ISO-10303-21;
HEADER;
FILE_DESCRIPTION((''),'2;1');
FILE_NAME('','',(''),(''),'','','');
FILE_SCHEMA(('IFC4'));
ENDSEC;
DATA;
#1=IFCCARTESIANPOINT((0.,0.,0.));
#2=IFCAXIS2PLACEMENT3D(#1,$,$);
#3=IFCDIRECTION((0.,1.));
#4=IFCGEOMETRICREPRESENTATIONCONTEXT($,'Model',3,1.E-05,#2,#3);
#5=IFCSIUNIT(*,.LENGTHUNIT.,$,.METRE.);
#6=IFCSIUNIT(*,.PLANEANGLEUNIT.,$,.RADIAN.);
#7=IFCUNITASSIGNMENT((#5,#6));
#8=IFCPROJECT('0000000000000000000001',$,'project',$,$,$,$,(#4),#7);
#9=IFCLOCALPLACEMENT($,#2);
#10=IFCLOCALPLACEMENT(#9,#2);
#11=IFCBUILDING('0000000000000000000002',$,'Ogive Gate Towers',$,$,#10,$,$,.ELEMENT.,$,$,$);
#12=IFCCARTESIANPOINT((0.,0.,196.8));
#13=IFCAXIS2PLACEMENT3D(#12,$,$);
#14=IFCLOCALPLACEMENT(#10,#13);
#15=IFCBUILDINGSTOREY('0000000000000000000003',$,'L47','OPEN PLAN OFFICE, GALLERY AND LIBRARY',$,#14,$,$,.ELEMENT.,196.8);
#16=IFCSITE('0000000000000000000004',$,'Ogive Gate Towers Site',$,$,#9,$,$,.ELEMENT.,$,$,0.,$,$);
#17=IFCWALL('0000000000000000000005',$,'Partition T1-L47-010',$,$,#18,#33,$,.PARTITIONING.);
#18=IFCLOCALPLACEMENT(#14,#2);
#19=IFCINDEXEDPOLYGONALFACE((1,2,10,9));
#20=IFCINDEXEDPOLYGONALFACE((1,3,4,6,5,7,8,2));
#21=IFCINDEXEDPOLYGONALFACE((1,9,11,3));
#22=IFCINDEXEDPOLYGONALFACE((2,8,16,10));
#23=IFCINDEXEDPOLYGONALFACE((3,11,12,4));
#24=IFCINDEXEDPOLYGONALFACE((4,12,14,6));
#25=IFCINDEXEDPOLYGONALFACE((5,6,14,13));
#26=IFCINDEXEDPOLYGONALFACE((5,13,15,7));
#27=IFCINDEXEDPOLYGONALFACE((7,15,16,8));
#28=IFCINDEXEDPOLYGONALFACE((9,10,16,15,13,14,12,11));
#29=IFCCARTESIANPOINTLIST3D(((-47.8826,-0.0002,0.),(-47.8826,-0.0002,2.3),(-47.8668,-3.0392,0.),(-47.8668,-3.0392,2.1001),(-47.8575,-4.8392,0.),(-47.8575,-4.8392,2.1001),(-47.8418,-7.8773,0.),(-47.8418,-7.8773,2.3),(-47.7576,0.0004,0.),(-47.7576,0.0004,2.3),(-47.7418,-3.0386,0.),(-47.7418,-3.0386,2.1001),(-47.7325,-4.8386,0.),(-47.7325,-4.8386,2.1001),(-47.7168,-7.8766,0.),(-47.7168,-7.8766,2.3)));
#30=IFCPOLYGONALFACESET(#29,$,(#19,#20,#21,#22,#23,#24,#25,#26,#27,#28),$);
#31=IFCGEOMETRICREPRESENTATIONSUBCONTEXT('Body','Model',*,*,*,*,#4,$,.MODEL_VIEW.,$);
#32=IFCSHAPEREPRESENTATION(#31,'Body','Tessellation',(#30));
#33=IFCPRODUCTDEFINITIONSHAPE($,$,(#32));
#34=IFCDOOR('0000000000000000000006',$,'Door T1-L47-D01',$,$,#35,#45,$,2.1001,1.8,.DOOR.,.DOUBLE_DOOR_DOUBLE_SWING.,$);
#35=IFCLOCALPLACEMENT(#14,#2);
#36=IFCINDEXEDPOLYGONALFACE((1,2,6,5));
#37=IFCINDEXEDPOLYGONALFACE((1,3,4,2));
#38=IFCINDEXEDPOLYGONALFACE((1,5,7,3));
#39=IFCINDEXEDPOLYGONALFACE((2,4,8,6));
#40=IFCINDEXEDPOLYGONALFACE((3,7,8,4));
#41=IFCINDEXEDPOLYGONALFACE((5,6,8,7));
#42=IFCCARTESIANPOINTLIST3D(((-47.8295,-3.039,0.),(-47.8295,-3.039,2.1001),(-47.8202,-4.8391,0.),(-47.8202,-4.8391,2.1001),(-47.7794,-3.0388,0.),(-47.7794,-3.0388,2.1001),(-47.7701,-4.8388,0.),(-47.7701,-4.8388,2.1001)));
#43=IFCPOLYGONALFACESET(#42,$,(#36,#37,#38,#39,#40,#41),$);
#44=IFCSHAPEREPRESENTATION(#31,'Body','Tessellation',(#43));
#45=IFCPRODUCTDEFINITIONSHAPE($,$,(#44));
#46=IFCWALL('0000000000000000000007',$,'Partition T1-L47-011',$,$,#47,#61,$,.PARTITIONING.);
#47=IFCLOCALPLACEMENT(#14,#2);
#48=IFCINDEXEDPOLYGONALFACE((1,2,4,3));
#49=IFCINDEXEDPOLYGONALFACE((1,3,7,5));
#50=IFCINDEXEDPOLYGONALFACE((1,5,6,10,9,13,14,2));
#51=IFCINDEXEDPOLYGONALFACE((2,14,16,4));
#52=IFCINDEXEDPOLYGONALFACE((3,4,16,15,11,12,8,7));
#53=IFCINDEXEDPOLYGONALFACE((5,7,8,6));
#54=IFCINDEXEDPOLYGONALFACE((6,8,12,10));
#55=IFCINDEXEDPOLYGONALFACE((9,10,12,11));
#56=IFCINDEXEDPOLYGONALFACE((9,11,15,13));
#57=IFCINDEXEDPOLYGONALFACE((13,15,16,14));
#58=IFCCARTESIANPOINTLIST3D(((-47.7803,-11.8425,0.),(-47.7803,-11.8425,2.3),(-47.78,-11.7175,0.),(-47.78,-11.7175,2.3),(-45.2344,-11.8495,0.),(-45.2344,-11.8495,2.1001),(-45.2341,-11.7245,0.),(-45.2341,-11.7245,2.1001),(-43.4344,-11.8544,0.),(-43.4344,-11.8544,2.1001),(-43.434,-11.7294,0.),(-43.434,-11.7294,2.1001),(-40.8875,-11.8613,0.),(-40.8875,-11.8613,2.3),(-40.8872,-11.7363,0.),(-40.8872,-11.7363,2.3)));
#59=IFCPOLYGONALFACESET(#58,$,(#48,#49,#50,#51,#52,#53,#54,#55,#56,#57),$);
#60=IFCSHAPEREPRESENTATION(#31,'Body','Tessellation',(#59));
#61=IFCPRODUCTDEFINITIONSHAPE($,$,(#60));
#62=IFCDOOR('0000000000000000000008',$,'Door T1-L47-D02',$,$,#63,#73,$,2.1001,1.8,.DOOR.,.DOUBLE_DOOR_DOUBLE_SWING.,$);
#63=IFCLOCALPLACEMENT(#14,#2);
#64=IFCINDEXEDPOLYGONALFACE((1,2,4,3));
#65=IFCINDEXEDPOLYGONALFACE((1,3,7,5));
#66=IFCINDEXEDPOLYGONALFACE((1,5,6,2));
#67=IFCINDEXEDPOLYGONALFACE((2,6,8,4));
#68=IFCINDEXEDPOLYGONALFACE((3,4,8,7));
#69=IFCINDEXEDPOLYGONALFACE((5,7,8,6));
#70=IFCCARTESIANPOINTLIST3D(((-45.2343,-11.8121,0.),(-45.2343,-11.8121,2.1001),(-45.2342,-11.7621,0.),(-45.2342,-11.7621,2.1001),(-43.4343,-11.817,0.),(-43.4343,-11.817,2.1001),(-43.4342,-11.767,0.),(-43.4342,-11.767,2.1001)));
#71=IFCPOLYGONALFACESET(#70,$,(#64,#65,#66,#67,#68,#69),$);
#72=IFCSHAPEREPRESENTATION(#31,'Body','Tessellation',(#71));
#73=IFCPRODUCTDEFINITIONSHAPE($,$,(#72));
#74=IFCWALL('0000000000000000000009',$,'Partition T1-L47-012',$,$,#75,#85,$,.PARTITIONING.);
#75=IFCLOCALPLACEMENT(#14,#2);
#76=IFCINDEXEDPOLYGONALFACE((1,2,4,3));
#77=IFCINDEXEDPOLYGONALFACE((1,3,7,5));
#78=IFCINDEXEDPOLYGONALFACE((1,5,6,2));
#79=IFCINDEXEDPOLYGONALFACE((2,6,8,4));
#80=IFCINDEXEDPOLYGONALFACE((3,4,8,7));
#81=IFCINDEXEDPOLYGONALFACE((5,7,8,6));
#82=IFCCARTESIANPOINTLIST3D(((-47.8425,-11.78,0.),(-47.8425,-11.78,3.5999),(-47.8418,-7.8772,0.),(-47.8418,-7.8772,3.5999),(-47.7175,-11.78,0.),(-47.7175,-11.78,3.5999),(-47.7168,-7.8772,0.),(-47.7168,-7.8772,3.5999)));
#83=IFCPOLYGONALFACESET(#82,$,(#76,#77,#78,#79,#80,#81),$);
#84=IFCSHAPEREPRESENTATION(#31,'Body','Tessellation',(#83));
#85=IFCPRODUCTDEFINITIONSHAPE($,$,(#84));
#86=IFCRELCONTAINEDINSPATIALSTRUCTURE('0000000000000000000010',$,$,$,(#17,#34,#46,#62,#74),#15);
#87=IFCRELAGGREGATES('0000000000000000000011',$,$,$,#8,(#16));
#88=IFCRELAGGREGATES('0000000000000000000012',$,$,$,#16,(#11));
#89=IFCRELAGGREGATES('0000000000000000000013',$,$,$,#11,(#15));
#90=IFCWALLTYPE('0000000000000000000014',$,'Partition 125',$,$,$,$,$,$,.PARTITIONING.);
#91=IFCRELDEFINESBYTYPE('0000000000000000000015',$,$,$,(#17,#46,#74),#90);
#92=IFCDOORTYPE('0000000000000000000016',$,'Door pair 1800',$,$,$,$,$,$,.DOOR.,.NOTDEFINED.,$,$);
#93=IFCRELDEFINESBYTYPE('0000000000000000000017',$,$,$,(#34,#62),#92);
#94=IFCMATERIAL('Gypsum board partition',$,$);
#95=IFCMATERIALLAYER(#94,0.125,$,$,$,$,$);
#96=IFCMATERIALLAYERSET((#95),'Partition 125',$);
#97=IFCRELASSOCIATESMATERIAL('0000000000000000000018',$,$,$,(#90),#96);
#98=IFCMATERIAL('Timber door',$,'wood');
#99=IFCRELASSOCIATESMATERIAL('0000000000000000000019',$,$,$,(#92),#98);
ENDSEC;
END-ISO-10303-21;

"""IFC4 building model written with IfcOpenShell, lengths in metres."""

from ifc_helpers import new_model, si_unit, direction, frame, frame_2d, origin, place, context, subcontext, project, spatial, rectangle, extrude, material, layer, layer_set, type_object, element, fill, save


model = new_model("IFC4")

# Units and contexts
model_context = context("Model", 3, precision=1e-05, world=origin(), true_north=direction((0.0, 1.0)))
body_context = subcontext(model_context, "Body", "Model", "MODEL_VIEW")
ifc_project = project(units=[si_unit("LENGTHUNIT", "METRE"), si_unit("PLANEANGLEUNIT", "RADIAN")], contexts=[model_context])

# Site, building, storey
site_placement = place(None, origin())
site = spatial("IfcSite", under=ifc_project, at=site_placement, Name="Ogive Gate Towers Site", CompositionType="ELEMENT", RefElevation=0.0)
building_placement = place(site_placement, origin())
building = spatial("IfcBuilding", under=site, at=building_placement, Name="Ogive Gate Towers", CompositionType="ELEMENT")
storey_placement = place(building_placement, frame((0.0, 0.0, 196.8)))
storey = spatial("IfcBuildingStorey", under=building, at=storey_placement, Name="L47", Description="OPEN PLAN OFFICE, GALLERY AND LIBRARY", CompositionType="ELEMENT", Elevation=196.8)

# Shared definitions
ifc_material_1 = material(Name="Timber door", Category="wood")

# Walls, openings, doors
ifc_material_2 = material(Name="Gypsum board partition")
ifc_layer_1 = layer(ifc_material_2, 0.125)
ifc_layer_set_1 = layer_set([ifc_layer_1], Name="Partition 125")
wall_type_1 = type_object("IfcWallType", Name="Partition 125", PredefinedType="PARTITIONING", material=ifc_layer_set_1)
wall_1_placement = place(storey_placement, frame((-47.8201, 0.0, 0.0), z_axis=(0.0, 0.0, 1.0), x_axis=(0.005176, -0.999987, 0.0)))
wall_1 = element("IfcWall", 1, at=wall_1_placement, inside=storey, type_object=wall_type_1, Name="Partition T1-L47-010", PredefinedType="PARTITIONING", context=body_context, shape_type="SweptSolid", body=[
    extrude(rectangle(XDim=7.8772, YDim=0.125, at=frame_2d((3.9385, 0.0))), origin(), (0.0, 0.0, 1.0), 2.3),
])
opening_1_placement = place(wall_1_placement, frame((3.0391, 0.0, 0.0)))
opening_1 = element("IfcOpeningElement", 2, at=opening_1_placement, cuts=wall_1, PredefinedType="OPENING", context=body_context, shape_type="SweptSolid", body=[
    extrude(rectangle(XDim=1.8, YDim=2.1001, at=frame_2d((0.8999, 1.05))), frame((0.0, 0.0725, 0.0), z_axis=(0.0, -1.0, 0.0), x_axis=(1.0, 0.0, 0.0)), (0.0, 0.0, 1.0), 0.145),
])
door_type_1 = type_object("IfcDoorType", Name="Door pair 1800", OperationType="NOTDEFINED", PredefinedType="DOOR", material=ifc_material_1)
door_1_placement = place(opening_1_placement, origin())
door_1 = element("IfcDoor", 3, at=door_1_placement, inside=storey, type_object=door_type_1, Name="Door T1-L47-D01", OperationType="DOUBLE_DOOR_DOUBLE_SWING", OverallHeight=2.1001, OverallWidth=1.8, PredefinedType="DOOR", context=body_context, shape_type="SweptSolid", body=[
    extrude(rectangle(XDim=1.8, YDim=2.1001, at=frame_2d((0.8999, 1.05))), frame((0.0, 0.0249, 0.0), z_axis=(0.0, -1.0, 0.0), x_axis=(1.0, 0.0, 0.0)), (0.0, 0.0, 1.0), 0.05),
])
fill(opening_1, door_1)
wall_2_placement = place(storey_placement, frame((-47.78, -11.78, 0.0), z_axis=(0.0, 0.0, 1.0), x_axis=(0.999996, -0.002727, 0.0)))
wall_2 = element("IfcWall", 4, at=wall_2_placement, inside=storey, type_object=wall_type_1, Name="Partition T1-L47-011", PredefinedType="PARTITIONING", context=body_context, shape_type="SweptSolid", body=[
    extrude(rectangle(XDim=6.8928, YDim=0.125, at=frame_2d((3.4463, 0.0))), origin(), (0.0, 0.0, 1.0), 2.3),
])
opening_2_placement = place(wall_2_placement, frame((2.5459, 0.0, 0.0)))
opening_2 = element("IfcOpeningElement", 5, at=opening_2_placement, cuts=wall_2, PredefinedType="OPENING", context=body_context, shape_type="SweptSolid", body=[
    extrude(rectangle(XDim=1.8, YDim=2.1001, at=frame_2d((0.8999, 1.05))), frame((0.0, 0.0725, 0.0), z_axis=(0.0, -1.0, 0.0), x_axis=(1.0, 0.0, 0.0)), (0.0, 0.0, 1.0), 0.145),
])
door_2_placement = place(opening_2_placement, origin())
door_2 = element("IfcDoor", 6, at=door_2_placement, inside=storey, type_object=door_type_1, Name="Door T1-L47-D02", OperationType="DOUBLE_DOOR_DOUBLE_SWING", OverallHeight=2.1001, OverallWidth=1.8, PredefinedType="DOOR", context=body_context, shape_type="SweptSolid", body=[
    extrude(rectangle(XDim=1.8, YDim=2.1001, at=frame_2d((0.8999, 1.05))), frame((0.0, 0.0249, 0.0), z_axis=(0.0, -1.0, 0.0), x_axis=(1.0, 0.0, 0.0)), (0.0, 0.0, 1.0), 0.05),
])
fill(opening_2, door_2)

# Wall
wall_3_placement = place(storey_placement, frame((-47.7793, -7.8772, 0.0), z_axis=(0.0, 0.0, 1.0), x_axis=(-0.000188, -1.0, 0.0)))
element("IfcWall", 7, at=wall_3_placement, inside=storey, type_object=wall_type_1, Name="Partition T1-L47-012", PredefinedType="PARTITIONING", context=body_context, shape_type="SweptSolid", body=[
    extrude(rectangle(XDim=3.9028, YDim=0.125, at=frame_2d((1.9514, 0.0))), origin(), (0.0, 0.0, 1.0), 3.5999),
])

save(model, "model.ifc")
